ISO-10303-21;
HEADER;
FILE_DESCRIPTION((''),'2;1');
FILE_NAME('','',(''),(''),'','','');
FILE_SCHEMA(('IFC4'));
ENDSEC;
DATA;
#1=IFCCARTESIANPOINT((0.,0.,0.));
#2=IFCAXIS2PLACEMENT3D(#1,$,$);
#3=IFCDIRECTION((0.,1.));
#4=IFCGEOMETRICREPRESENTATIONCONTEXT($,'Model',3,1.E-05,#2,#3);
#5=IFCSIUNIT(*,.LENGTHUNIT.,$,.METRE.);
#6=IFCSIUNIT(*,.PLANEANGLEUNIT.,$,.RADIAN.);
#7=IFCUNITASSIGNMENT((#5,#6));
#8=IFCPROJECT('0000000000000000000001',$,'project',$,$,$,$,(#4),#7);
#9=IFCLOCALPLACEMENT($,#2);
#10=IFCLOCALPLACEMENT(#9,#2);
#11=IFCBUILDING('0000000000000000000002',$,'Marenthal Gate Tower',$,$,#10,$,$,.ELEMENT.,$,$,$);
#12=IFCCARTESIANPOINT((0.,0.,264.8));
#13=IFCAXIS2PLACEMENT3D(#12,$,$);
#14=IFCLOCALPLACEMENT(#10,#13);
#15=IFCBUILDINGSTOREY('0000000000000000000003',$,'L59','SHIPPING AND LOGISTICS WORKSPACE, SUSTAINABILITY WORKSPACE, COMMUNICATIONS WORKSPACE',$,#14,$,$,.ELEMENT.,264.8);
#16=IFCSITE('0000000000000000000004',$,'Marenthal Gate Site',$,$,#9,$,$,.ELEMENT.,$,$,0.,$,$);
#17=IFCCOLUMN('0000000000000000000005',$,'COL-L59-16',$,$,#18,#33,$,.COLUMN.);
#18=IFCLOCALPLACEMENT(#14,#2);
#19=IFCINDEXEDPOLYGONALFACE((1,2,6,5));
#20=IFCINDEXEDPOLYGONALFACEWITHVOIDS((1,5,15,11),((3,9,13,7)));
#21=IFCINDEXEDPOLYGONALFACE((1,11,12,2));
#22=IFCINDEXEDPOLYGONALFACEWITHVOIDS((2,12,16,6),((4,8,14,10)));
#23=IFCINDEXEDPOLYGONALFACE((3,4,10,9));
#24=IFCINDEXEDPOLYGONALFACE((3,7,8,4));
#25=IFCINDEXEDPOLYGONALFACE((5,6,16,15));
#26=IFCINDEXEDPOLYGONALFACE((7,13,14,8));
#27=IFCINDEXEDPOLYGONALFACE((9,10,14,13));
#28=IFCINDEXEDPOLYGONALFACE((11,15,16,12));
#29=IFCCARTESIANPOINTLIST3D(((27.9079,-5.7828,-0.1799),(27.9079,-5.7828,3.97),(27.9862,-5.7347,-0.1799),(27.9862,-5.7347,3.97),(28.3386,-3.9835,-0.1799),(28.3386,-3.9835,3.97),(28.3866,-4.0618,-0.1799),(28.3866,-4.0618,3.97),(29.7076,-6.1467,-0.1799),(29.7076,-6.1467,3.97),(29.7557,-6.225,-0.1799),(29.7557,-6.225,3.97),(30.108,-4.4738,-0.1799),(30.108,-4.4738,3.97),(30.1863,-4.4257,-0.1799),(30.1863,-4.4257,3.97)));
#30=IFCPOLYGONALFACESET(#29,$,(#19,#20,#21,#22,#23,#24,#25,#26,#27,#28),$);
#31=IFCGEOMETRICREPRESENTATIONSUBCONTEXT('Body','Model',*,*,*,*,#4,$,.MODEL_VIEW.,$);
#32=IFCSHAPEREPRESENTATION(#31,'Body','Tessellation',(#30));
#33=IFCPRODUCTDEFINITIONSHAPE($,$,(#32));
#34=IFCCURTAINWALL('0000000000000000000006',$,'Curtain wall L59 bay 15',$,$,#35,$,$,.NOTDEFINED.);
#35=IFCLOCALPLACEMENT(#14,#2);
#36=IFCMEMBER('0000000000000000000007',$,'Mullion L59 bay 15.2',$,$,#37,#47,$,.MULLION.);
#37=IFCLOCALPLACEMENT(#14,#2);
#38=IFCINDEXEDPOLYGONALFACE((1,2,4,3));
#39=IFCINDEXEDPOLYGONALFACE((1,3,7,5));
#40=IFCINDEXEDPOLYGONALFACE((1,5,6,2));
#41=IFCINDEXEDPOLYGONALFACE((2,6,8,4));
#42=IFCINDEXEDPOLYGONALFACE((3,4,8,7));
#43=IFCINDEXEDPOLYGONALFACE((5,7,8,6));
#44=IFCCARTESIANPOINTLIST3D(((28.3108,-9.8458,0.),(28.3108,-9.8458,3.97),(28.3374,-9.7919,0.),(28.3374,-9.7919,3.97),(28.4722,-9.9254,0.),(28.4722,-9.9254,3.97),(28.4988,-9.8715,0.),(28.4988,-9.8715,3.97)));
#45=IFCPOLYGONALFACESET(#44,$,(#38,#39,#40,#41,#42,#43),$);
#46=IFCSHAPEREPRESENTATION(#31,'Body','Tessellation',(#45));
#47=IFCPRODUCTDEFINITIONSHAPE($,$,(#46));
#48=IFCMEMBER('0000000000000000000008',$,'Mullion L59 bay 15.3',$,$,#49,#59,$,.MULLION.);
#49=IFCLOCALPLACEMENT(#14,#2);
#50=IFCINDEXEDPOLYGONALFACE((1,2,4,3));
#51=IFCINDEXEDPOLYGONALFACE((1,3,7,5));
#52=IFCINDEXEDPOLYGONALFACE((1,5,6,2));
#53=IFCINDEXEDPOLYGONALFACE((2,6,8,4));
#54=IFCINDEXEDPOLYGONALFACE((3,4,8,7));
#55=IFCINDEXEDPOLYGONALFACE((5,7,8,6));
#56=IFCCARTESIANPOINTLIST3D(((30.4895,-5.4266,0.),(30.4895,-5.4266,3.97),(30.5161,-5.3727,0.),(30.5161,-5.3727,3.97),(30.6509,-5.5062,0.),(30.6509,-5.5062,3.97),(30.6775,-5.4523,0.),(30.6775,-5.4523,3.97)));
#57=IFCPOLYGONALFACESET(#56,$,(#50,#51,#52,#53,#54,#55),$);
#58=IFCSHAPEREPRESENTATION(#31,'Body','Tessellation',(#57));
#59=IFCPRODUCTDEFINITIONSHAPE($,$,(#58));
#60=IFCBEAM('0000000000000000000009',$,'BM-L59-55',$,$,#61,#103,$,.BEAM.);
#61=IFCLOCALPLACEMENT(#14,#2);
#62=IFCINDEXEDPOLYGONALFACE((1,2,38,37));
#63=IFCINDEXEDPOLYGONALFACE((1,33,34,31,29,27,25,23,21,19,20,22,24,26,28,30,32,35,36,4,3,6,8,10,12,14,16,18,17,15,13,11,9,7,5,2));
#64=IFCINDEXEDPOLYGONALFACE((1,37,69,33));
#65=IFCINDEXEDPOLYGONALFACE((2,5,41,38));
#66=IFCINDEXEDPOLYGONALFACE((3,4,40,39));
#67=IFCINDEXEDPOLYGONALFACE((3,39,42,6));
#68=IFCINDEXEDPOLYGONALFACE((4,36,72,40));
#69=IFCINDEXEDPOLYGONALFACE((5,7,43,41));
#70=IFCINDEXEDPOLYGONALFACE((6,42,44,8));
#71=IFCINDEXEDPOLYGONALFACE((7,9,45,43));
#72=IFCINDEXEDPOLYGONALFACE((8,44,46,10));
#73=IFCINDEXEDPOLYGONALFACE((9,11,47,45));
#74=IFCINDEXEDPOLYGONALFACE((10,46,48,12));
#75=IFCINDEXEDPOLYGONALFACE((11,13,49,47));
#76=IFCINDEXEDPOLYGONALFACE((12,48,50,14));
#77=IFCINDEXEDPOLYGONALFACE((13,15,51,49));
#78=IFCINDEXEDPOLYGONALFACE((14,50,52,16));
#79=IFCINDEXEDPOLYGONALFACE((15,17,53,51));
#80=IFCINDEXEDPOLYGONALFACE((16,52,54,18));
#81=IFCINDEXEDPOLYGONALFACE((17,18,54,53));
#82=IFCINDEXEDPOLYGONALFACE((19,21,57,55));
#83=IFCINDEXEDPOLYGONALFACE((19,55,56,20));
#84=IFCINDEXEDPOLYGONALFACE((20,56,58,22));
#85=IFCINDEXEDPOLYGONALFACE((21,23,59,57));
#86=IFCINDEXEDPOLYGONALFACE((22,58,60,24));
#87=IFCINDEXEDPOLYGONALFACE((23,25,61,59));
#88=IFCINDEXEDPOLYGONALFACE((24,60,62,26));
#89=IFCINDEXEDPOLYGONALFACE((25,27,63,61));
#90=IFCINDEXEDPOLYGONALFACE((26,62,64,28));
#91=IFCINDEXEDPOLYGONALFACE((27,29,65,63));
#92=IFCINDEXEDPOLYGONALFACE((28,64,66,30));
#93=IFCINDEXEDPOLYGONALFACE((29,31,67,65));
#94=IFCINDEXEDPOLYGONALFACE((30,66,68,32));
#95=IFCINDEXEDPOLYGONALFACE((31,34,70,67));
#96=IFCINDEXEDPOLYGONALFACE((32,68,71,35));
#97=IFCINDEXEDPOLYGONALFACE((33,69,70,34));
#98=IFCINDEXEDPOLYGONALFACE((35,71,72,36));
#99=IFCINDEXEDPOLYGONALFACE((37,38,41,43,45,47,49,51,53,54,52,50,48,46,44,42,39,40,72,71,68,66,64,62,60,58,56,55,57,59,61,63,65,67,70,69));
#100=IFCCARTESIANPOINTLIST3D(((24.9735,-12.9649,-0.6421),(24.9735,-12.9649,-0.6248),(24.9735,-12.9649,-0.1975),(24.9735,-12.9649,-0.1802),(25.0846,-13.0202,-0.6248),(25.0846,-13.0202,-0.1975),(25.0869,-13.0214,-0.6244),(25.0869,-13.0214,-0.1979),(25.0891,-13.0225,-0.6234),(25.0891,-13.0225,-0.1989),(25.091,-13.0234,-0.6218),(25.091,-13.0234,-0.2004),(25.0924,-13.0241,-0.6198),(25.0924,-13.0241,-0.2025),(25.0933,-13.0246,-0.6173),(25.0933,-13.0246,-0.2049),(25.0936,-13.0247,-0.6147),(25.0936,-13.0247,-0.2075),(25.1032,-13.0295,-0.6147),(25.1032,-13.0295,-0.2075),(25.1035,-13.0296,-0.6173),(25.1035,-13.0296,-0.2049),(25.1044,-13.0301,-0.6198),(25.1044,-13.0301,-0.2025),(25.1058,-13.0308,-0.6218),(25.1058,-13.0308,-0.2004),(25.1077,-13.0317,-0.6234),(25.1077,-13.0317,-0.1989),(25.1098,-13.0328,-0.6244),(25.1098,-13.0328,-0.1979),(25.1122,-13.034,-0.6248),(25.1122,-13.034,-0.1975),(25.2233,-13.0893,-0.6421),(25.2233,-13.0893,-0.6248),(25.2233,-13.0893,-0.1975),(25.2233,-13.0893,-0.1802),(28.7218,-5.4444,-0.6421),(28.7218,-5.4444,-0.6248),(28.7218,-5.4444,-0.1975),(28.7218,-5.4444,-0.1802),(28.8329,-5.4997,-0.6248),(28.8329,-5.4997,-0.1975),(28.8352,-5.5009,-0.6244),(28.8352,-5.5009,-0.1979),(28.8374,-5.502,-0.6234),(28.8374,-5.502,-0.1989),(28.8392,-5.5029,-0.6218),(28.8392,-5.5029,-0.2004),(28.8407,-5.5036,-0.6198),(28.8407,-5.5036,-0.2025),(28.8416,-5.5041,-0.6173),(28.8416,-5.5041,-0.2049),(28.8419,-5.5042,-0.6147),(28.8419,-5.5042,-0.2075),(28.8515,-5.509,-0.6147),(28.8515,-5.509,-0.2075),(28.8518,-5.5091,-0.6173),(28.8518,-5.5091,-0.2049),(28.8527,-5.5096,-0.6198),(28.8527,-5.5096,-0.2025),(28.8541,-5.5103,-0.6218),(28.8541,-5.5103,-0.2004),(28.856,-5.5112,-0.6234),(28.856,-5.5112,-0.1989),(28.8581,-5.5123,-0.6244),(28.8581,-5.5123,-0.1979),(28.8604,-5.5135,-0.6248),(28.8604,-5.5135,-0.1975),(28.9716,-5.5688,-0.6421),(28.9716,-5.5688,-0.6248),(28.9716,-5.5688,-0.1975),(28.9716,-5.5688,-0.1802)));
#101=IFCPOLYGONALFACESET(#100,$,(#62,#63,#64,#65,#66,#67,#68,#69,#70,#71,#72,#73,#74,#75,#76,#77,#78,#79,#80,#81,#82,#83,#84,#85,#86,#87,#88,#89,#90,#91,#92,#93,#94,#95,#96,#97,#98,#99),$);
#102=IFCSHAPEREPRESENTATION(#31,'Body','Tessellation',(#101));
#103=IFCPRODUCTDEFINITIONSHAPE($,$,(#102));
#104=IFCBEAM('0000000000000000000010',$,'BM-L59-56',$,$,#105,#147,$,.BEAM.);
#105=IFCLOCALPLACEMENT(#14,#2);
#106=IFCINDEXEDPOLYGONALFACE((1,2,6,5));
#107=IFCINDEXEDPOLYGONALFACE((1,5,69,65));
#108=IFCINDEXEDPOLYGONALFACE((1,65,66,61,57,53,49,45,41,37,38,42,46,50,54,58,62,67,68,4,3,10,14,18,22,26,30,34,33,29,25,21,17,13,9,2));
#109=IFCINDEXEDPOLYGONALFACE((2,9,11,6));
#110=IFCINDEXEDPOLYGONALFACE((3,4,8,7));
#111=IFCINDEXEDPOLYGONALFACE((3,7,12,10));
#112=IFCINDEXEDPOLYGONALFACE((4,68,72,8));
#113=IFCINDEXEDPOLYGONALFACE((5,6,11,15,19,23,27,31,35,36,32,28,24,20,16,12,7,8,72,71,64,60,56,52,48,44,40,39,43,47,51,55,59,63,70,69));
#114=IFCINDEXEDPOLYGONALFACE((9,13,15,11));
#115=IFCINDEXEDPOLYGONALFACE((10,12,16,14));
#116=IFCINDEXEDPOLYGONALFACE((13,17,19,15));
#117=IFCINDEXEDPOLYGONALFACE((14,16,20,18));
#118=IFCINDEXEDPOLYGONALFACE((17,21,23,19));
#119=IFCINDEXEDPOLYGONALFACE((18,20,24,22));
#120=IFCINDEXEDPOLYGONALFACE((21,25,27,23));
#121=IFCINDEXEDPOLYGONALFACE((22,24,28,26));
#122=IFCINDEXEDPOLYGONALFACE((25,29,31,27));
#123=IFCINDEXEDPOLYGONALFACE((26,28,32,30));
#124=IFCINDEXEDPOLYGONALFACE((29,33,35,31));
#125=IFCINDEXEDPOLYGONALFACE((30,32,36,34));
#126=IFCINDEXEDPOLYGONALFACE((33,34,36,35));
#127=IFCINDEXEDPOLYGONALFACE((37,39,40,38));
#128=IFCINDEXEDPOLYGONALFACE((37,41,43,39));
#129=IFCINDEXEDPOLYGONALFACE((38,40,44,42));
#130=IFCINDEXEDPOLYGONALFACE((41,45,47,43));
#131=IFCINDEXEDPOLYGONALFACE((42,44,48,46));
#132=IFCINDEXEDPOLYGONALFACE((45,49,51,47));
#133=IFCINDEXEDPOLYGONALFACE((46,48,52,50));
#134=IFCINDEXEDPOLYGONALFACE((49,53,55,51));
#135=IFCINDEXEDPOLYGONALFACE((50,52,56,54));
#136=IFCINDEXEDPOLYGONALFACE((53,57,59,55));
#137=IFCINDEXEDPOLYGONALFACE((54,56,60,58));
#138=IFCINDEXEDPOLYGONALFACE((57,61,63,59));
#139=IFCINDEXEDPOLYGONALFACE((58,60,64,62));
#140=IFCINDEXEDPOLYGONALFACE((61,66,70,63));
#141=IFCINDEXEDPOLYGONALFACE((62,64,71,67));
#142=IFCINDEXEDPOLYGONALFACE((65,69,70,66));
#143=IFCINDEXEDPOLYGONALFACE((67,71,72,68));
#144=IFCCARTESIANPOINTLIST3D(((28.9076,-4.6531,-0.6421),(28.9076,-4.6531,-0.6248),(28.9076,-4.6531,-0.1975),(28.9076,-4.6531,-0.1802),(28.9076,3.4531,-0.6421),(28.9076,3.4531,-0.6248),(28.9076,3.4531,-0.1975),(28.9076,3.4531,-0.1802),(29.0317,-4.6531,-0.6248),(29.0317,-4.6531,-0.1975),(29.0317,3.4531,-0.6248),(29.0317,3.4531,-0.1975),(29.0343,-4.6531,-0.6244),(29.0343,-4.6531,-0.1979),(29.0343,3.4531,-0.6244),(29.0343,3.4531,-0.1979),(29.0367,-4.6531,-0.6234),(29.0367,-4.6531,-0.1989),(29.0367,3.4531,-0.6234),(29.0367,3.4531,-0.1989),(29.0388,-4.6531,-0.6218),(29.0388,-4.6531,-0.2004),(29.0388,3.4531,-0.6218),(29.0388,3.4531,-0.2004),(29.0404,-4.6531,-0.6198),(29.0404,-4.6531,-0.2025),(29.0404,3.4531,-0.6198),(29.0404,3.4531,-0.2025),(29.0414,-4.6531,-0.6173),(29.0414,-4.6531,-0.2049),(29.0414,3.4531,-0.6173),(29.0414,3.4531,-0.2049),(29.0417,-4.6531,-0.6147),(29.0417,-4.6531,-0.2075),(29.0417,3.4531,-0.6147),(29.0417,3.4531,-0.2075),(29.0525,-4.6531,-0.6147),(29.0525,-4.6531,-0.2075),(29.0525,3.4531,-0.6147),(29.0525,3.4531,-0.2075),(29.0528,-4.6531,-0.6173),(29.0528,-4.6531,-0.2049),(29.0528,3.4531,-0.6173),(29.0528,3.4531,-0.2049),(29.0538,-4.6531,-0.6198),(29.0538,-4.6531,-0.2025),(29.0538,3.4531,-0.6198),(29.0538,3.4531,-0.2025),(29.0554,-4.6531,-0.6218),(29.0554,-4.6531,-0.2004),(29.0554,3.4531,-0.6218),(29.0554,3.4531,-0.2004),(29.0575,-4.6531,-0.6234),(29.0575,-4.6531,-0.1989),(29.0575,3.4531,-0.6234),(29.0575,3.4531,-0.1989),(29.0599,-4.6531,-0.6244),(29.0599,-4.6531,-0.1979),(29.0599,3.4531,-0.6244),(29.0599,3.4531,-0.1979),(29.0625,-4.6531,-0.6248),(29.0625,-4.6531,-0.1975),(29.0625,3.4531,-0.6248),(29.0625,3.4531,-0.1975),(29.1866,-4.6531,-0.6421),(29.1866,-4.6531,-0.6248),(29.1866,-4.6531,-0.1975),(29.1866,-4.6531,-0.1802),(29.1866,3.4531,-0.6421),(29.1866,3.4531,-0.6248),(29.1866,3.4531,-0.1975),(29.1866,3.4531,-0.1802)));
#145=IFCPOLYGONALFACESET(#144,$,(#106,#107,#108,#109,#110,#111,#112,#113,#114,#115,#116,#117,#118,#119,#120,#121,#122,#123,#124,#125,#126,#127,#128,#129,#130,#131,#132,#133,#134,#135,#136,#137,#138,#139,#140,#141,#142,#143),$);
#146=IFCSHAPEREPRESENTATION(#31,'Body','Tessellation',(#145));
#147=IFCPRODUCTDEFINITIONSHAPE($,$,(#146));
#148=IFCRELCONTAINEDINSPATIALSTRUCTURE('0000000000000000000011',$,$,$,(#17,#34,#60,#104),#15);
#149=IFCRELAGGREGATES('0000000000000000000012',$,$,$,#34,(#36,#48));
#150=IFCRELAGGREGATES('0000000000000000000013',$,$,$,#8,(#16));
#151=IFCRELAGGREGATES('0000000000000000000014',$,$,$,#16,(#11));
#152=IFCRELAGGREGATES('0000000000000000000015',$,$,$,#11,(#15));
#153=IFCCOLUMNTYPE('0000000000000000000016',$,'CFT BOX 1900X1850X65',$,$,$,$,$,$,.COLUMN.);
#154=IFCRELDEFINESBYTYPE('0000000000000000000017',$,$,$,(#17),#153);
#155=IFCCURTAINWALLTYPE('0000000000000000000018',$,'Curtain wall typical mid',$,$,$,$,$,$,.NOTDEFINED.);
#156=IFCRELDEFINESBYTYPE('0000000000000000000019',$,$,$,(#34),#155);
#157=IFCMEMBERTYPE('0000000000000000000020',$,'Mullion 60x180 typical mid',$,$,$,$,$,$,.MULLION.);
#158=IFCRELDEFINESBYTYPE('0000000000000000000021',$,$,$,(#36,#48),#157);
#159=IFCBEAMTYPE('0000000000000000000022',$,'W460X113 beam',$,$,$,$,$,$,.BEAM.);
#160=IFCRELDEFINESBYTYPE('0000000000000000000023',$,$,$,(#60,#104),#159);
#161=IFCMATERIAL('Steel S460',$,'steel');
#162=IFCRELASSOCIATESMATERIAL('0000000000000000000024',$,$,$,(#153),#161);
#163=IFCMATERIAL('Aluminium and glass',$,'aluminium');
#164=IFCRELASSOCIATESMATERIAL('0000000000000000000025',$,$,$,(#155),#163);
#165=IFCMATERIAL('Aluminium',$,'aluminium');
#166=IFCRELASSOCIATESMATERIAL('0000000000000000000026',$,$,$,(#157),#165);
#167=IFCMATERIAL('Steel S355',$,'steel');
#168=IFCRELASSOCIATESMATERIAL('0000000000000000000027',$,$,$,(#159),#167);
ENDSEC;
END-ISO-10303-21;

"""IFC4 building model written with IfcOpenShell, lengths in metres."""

from ifc_helpers import new_model, si_unit, direction, frame, origin, origin_2d, place, context, subcontext, project, spatial, rectangle, hollow_rectangle, i_section, extrude, material, material_profile, profile_set, type_object, element, aggregate, save


model = new_model("IFC4")

# Units and contexts
model_context = context("Model", 3, precision=1e-05, world=origin(), true_north=direction((0.0, 1.0)))
body_context = subcontext(model_context, "Body", "Model", "MODEL_VIEW")
ifc_project = project(units=[si_unit("LENGTHUNIT", "METRE"), si_unit("PLANEANGLEUNIT", "RADIAN")], contexts=[model_context])

# Site, building, storey
site_placement = place(None, origin())
site = spatial("IfcSite", under=ifc_project, at=site_placement, Name="Marenthal Gate Site", CompositionType="ELEMENT", RefElevation=0.0)
building_placement = place(site_placement, origin())
building = spatial("IfcBuilding", under=site, at=building_placement, Name="Marenthal Gate Tower", CompositionType="ELEMENT")
storey_placement = place(building_placement, frame((0.0, 0.0, 264.8)))
storey = spatial("IfcBuildingStorey", under=building, at=storey_placement, Name="L59", Description="SHIPPING AND LOGISTICS WORKSPACE, SUSTAINABILITY WORKSPACE, COMMUNICATIONS WORKSPACE", CompositionType="ELEMENT", Elevation=264.8)

# Column
ifc_material_1 = material(Name="Steel S460", Category="steel")
ifc_material_profile_1 = material_profile(ifc_material_1, hollow_rectangle(XDim=1.8501, YDim=1.8999, WallThickness=0.0649, at=origin_2d()), Name="CFT BOX 1900X1850X65")
ifc_material_2 = material(Name="Concrete 70 MPa", Category="concrete")
ifc_material_profile_2 = material_profile(ifc_material_2, rectangle(XDim=1.72, YDim=1.77, at=origin_2d()), Name="CFT BOX 1900X1850X65 INFILL")
ifc_profile_set_1 = profile_set([ifc_material_profile_1, ifc_material_profile_2], Name="Steel S460 shell, Concrete 70 MPa infill")
column_type = type_object("IfcColumnType", Name="CFT BOX 1900X1850X65", PredefinedType="COLUMN", material=ifc_profile_set_1)
column_placement = place(storey_placement, frame((29.0471, -5.1042, -0.1799), z_axis=(0.0, 0.0, 1.0), x_axis=(-0.23277, -0.972532, 0.0)))
element("IfcColumn", 1, at=column_placement, inside=storey, type_object=column_type, Name="COL-L59-16", PredefinedType="COLUMN", context=body_context, shape_type="SweptSolid", body=[
    extrude(hollow_rectangle(XDim=1.8501, YDim=1.8999, WallThickness=0.0649, at=origin_2d()), origin(), (0.0, 0.0, 1.0), 4.1499),
])

# Curtain wall, members
ifc_material_3 = material(Name="Aluminium and glass", Category="aluminium")
curtain_wall_type = type_object("IfcCurtainWallType", Name="Curtain wall typical mid", PredefinedType="NOTDEFINED", material=ifc_material_3)
curtain_wall_placement = place(storey_placement, origin())
curtain_wall = element("IfcCurtainWall", 2, at=curtain_wall_placement, inside=storey, type_object=curtain_wall_type, Name="Curtain wall L59 bay 15", PredefinedType="NOTDEFINED")
ifc_material_4 = material(Name="Aluminium", Category="aluminium")
ifc_material_profile_3 = material_profile(ifc_material_4, rectangle(XDim=0.1799, YDim=0.0601, at=origin_2d()), Name="60x180 aluminium mullion")
ifc_profile_set_2 = profile_set([ifc_material_profile_3], Name="Aluminium")
member_type = type_object("IfcMemberType", Name="Mullion 60x180 typical mid", PredefinedType="MULLION", material=ifc_profile_set_2)
member_1_placement = place(storey_placement, frame((28.4048, -9.8586, 0.0), z_axis=(0.0, 0.0, 1.0), x_axis=(-0.896921, 0.442192, 0.0)))
member_1 = element("IfcMember", 3, at=member_1_placement, type_object=member_type, Name="Mullion L59 bay 15.2", PredefinedType="MULLION", context=body_context, shape_type="SweptSolid", body=[
    extrude(rectangle(XDim=0.1799, YDim=0.0601, at=origin_2d()), origin(), (0.0, 0.0, 1.0), 3.97),
])
member_2_placement = place(storey_placement, frame((30.5835, -5.4395, 0.0), z_axis=(0.0, 0.0, 1.0), x_axis=(-0.896921, 0.442192, 0.0)))
member_2 = element("IfcMember", 4, at=member_2_placement, type_object=member_type, Name="Mullion L59 bay 15.3", PredefinedType="MULLION", context=body_context, shape_type="SweptSolid", body=[
    extrude(rectangle(XDim=0.1799, YDim=0.0601, at=origin_2d()), origin(), (0.0, 0.0, 1.0), 3.97),
])

# Beams
ifc_material_5 = material(Name="Steel S355", Category="steel")
ifc_material_profile_4 = material_profile(ifc_material_5, i_section(OverallWidth=0.2791, OverallDepth=0.4619, WebThickness=0.0107, FlangeThickness=0.0173, FilletRadius=0.01, at=origin_2d()), Name="W460X113")
ifc_profile_set_3 = profile_set([ifc_material_profile_4], Name="Steel S355")
beam_type_1 = type_object("IfcBeamType", Name="W460X113 beam", PredefinedType="BEAM", material=ifc_profile_set_3)
beam_1_placement = place(storey_placement, frame((25.0984, -13.0271, -0.4111), z_axis=(0.446074, 0.894996, 0.0), x_axis=(-0.894996, 0.446074, 0.0)))
element("IfcBeam", 5, at=beam_1_placement, inside=storey, type_object=beam_type_1, Name="BM-L59-55", PredefinedType="BEAM", context=body_context, shape_type="SweptSolid", body=[
    extrude(i_section(OverallWidth=0.2791, OverallDepth=0.4619, WebThickness=0.0107, FlangeThickness=0.0173, FilletRadius=0.01, at=origin_2d()), origin(), (0.0, 0.0, 1.0), 8.4028),
])
beam_2_placement = place(storey_placement, frame((29.0471, -4.6531, -0.4111), z_axis=(0.0, 1.0, 0.0), x_axis=(-1.0, 0.0, 0.0)))
element("IfcBeam", 6, at=beam_2_placement, inside=storey, type_object=beam_type_1, Name="BM-L59-56", PredefinedType="BEAM", context=body_context, shape_type="SweptSolid", body=[
    extrude(i_section(OverallWidth=0.2791, OverallDepth=0.4619, WebThickness=0.0107, FlangeThickness=0.0173, FilletRadius=0.01, at=origin_2d()), origin(), (0.0, 0.0, 1.0), 8.1062),
])

aggregate(curtain_wall, [member_1, member_2])

save(model, "model.ifc")
